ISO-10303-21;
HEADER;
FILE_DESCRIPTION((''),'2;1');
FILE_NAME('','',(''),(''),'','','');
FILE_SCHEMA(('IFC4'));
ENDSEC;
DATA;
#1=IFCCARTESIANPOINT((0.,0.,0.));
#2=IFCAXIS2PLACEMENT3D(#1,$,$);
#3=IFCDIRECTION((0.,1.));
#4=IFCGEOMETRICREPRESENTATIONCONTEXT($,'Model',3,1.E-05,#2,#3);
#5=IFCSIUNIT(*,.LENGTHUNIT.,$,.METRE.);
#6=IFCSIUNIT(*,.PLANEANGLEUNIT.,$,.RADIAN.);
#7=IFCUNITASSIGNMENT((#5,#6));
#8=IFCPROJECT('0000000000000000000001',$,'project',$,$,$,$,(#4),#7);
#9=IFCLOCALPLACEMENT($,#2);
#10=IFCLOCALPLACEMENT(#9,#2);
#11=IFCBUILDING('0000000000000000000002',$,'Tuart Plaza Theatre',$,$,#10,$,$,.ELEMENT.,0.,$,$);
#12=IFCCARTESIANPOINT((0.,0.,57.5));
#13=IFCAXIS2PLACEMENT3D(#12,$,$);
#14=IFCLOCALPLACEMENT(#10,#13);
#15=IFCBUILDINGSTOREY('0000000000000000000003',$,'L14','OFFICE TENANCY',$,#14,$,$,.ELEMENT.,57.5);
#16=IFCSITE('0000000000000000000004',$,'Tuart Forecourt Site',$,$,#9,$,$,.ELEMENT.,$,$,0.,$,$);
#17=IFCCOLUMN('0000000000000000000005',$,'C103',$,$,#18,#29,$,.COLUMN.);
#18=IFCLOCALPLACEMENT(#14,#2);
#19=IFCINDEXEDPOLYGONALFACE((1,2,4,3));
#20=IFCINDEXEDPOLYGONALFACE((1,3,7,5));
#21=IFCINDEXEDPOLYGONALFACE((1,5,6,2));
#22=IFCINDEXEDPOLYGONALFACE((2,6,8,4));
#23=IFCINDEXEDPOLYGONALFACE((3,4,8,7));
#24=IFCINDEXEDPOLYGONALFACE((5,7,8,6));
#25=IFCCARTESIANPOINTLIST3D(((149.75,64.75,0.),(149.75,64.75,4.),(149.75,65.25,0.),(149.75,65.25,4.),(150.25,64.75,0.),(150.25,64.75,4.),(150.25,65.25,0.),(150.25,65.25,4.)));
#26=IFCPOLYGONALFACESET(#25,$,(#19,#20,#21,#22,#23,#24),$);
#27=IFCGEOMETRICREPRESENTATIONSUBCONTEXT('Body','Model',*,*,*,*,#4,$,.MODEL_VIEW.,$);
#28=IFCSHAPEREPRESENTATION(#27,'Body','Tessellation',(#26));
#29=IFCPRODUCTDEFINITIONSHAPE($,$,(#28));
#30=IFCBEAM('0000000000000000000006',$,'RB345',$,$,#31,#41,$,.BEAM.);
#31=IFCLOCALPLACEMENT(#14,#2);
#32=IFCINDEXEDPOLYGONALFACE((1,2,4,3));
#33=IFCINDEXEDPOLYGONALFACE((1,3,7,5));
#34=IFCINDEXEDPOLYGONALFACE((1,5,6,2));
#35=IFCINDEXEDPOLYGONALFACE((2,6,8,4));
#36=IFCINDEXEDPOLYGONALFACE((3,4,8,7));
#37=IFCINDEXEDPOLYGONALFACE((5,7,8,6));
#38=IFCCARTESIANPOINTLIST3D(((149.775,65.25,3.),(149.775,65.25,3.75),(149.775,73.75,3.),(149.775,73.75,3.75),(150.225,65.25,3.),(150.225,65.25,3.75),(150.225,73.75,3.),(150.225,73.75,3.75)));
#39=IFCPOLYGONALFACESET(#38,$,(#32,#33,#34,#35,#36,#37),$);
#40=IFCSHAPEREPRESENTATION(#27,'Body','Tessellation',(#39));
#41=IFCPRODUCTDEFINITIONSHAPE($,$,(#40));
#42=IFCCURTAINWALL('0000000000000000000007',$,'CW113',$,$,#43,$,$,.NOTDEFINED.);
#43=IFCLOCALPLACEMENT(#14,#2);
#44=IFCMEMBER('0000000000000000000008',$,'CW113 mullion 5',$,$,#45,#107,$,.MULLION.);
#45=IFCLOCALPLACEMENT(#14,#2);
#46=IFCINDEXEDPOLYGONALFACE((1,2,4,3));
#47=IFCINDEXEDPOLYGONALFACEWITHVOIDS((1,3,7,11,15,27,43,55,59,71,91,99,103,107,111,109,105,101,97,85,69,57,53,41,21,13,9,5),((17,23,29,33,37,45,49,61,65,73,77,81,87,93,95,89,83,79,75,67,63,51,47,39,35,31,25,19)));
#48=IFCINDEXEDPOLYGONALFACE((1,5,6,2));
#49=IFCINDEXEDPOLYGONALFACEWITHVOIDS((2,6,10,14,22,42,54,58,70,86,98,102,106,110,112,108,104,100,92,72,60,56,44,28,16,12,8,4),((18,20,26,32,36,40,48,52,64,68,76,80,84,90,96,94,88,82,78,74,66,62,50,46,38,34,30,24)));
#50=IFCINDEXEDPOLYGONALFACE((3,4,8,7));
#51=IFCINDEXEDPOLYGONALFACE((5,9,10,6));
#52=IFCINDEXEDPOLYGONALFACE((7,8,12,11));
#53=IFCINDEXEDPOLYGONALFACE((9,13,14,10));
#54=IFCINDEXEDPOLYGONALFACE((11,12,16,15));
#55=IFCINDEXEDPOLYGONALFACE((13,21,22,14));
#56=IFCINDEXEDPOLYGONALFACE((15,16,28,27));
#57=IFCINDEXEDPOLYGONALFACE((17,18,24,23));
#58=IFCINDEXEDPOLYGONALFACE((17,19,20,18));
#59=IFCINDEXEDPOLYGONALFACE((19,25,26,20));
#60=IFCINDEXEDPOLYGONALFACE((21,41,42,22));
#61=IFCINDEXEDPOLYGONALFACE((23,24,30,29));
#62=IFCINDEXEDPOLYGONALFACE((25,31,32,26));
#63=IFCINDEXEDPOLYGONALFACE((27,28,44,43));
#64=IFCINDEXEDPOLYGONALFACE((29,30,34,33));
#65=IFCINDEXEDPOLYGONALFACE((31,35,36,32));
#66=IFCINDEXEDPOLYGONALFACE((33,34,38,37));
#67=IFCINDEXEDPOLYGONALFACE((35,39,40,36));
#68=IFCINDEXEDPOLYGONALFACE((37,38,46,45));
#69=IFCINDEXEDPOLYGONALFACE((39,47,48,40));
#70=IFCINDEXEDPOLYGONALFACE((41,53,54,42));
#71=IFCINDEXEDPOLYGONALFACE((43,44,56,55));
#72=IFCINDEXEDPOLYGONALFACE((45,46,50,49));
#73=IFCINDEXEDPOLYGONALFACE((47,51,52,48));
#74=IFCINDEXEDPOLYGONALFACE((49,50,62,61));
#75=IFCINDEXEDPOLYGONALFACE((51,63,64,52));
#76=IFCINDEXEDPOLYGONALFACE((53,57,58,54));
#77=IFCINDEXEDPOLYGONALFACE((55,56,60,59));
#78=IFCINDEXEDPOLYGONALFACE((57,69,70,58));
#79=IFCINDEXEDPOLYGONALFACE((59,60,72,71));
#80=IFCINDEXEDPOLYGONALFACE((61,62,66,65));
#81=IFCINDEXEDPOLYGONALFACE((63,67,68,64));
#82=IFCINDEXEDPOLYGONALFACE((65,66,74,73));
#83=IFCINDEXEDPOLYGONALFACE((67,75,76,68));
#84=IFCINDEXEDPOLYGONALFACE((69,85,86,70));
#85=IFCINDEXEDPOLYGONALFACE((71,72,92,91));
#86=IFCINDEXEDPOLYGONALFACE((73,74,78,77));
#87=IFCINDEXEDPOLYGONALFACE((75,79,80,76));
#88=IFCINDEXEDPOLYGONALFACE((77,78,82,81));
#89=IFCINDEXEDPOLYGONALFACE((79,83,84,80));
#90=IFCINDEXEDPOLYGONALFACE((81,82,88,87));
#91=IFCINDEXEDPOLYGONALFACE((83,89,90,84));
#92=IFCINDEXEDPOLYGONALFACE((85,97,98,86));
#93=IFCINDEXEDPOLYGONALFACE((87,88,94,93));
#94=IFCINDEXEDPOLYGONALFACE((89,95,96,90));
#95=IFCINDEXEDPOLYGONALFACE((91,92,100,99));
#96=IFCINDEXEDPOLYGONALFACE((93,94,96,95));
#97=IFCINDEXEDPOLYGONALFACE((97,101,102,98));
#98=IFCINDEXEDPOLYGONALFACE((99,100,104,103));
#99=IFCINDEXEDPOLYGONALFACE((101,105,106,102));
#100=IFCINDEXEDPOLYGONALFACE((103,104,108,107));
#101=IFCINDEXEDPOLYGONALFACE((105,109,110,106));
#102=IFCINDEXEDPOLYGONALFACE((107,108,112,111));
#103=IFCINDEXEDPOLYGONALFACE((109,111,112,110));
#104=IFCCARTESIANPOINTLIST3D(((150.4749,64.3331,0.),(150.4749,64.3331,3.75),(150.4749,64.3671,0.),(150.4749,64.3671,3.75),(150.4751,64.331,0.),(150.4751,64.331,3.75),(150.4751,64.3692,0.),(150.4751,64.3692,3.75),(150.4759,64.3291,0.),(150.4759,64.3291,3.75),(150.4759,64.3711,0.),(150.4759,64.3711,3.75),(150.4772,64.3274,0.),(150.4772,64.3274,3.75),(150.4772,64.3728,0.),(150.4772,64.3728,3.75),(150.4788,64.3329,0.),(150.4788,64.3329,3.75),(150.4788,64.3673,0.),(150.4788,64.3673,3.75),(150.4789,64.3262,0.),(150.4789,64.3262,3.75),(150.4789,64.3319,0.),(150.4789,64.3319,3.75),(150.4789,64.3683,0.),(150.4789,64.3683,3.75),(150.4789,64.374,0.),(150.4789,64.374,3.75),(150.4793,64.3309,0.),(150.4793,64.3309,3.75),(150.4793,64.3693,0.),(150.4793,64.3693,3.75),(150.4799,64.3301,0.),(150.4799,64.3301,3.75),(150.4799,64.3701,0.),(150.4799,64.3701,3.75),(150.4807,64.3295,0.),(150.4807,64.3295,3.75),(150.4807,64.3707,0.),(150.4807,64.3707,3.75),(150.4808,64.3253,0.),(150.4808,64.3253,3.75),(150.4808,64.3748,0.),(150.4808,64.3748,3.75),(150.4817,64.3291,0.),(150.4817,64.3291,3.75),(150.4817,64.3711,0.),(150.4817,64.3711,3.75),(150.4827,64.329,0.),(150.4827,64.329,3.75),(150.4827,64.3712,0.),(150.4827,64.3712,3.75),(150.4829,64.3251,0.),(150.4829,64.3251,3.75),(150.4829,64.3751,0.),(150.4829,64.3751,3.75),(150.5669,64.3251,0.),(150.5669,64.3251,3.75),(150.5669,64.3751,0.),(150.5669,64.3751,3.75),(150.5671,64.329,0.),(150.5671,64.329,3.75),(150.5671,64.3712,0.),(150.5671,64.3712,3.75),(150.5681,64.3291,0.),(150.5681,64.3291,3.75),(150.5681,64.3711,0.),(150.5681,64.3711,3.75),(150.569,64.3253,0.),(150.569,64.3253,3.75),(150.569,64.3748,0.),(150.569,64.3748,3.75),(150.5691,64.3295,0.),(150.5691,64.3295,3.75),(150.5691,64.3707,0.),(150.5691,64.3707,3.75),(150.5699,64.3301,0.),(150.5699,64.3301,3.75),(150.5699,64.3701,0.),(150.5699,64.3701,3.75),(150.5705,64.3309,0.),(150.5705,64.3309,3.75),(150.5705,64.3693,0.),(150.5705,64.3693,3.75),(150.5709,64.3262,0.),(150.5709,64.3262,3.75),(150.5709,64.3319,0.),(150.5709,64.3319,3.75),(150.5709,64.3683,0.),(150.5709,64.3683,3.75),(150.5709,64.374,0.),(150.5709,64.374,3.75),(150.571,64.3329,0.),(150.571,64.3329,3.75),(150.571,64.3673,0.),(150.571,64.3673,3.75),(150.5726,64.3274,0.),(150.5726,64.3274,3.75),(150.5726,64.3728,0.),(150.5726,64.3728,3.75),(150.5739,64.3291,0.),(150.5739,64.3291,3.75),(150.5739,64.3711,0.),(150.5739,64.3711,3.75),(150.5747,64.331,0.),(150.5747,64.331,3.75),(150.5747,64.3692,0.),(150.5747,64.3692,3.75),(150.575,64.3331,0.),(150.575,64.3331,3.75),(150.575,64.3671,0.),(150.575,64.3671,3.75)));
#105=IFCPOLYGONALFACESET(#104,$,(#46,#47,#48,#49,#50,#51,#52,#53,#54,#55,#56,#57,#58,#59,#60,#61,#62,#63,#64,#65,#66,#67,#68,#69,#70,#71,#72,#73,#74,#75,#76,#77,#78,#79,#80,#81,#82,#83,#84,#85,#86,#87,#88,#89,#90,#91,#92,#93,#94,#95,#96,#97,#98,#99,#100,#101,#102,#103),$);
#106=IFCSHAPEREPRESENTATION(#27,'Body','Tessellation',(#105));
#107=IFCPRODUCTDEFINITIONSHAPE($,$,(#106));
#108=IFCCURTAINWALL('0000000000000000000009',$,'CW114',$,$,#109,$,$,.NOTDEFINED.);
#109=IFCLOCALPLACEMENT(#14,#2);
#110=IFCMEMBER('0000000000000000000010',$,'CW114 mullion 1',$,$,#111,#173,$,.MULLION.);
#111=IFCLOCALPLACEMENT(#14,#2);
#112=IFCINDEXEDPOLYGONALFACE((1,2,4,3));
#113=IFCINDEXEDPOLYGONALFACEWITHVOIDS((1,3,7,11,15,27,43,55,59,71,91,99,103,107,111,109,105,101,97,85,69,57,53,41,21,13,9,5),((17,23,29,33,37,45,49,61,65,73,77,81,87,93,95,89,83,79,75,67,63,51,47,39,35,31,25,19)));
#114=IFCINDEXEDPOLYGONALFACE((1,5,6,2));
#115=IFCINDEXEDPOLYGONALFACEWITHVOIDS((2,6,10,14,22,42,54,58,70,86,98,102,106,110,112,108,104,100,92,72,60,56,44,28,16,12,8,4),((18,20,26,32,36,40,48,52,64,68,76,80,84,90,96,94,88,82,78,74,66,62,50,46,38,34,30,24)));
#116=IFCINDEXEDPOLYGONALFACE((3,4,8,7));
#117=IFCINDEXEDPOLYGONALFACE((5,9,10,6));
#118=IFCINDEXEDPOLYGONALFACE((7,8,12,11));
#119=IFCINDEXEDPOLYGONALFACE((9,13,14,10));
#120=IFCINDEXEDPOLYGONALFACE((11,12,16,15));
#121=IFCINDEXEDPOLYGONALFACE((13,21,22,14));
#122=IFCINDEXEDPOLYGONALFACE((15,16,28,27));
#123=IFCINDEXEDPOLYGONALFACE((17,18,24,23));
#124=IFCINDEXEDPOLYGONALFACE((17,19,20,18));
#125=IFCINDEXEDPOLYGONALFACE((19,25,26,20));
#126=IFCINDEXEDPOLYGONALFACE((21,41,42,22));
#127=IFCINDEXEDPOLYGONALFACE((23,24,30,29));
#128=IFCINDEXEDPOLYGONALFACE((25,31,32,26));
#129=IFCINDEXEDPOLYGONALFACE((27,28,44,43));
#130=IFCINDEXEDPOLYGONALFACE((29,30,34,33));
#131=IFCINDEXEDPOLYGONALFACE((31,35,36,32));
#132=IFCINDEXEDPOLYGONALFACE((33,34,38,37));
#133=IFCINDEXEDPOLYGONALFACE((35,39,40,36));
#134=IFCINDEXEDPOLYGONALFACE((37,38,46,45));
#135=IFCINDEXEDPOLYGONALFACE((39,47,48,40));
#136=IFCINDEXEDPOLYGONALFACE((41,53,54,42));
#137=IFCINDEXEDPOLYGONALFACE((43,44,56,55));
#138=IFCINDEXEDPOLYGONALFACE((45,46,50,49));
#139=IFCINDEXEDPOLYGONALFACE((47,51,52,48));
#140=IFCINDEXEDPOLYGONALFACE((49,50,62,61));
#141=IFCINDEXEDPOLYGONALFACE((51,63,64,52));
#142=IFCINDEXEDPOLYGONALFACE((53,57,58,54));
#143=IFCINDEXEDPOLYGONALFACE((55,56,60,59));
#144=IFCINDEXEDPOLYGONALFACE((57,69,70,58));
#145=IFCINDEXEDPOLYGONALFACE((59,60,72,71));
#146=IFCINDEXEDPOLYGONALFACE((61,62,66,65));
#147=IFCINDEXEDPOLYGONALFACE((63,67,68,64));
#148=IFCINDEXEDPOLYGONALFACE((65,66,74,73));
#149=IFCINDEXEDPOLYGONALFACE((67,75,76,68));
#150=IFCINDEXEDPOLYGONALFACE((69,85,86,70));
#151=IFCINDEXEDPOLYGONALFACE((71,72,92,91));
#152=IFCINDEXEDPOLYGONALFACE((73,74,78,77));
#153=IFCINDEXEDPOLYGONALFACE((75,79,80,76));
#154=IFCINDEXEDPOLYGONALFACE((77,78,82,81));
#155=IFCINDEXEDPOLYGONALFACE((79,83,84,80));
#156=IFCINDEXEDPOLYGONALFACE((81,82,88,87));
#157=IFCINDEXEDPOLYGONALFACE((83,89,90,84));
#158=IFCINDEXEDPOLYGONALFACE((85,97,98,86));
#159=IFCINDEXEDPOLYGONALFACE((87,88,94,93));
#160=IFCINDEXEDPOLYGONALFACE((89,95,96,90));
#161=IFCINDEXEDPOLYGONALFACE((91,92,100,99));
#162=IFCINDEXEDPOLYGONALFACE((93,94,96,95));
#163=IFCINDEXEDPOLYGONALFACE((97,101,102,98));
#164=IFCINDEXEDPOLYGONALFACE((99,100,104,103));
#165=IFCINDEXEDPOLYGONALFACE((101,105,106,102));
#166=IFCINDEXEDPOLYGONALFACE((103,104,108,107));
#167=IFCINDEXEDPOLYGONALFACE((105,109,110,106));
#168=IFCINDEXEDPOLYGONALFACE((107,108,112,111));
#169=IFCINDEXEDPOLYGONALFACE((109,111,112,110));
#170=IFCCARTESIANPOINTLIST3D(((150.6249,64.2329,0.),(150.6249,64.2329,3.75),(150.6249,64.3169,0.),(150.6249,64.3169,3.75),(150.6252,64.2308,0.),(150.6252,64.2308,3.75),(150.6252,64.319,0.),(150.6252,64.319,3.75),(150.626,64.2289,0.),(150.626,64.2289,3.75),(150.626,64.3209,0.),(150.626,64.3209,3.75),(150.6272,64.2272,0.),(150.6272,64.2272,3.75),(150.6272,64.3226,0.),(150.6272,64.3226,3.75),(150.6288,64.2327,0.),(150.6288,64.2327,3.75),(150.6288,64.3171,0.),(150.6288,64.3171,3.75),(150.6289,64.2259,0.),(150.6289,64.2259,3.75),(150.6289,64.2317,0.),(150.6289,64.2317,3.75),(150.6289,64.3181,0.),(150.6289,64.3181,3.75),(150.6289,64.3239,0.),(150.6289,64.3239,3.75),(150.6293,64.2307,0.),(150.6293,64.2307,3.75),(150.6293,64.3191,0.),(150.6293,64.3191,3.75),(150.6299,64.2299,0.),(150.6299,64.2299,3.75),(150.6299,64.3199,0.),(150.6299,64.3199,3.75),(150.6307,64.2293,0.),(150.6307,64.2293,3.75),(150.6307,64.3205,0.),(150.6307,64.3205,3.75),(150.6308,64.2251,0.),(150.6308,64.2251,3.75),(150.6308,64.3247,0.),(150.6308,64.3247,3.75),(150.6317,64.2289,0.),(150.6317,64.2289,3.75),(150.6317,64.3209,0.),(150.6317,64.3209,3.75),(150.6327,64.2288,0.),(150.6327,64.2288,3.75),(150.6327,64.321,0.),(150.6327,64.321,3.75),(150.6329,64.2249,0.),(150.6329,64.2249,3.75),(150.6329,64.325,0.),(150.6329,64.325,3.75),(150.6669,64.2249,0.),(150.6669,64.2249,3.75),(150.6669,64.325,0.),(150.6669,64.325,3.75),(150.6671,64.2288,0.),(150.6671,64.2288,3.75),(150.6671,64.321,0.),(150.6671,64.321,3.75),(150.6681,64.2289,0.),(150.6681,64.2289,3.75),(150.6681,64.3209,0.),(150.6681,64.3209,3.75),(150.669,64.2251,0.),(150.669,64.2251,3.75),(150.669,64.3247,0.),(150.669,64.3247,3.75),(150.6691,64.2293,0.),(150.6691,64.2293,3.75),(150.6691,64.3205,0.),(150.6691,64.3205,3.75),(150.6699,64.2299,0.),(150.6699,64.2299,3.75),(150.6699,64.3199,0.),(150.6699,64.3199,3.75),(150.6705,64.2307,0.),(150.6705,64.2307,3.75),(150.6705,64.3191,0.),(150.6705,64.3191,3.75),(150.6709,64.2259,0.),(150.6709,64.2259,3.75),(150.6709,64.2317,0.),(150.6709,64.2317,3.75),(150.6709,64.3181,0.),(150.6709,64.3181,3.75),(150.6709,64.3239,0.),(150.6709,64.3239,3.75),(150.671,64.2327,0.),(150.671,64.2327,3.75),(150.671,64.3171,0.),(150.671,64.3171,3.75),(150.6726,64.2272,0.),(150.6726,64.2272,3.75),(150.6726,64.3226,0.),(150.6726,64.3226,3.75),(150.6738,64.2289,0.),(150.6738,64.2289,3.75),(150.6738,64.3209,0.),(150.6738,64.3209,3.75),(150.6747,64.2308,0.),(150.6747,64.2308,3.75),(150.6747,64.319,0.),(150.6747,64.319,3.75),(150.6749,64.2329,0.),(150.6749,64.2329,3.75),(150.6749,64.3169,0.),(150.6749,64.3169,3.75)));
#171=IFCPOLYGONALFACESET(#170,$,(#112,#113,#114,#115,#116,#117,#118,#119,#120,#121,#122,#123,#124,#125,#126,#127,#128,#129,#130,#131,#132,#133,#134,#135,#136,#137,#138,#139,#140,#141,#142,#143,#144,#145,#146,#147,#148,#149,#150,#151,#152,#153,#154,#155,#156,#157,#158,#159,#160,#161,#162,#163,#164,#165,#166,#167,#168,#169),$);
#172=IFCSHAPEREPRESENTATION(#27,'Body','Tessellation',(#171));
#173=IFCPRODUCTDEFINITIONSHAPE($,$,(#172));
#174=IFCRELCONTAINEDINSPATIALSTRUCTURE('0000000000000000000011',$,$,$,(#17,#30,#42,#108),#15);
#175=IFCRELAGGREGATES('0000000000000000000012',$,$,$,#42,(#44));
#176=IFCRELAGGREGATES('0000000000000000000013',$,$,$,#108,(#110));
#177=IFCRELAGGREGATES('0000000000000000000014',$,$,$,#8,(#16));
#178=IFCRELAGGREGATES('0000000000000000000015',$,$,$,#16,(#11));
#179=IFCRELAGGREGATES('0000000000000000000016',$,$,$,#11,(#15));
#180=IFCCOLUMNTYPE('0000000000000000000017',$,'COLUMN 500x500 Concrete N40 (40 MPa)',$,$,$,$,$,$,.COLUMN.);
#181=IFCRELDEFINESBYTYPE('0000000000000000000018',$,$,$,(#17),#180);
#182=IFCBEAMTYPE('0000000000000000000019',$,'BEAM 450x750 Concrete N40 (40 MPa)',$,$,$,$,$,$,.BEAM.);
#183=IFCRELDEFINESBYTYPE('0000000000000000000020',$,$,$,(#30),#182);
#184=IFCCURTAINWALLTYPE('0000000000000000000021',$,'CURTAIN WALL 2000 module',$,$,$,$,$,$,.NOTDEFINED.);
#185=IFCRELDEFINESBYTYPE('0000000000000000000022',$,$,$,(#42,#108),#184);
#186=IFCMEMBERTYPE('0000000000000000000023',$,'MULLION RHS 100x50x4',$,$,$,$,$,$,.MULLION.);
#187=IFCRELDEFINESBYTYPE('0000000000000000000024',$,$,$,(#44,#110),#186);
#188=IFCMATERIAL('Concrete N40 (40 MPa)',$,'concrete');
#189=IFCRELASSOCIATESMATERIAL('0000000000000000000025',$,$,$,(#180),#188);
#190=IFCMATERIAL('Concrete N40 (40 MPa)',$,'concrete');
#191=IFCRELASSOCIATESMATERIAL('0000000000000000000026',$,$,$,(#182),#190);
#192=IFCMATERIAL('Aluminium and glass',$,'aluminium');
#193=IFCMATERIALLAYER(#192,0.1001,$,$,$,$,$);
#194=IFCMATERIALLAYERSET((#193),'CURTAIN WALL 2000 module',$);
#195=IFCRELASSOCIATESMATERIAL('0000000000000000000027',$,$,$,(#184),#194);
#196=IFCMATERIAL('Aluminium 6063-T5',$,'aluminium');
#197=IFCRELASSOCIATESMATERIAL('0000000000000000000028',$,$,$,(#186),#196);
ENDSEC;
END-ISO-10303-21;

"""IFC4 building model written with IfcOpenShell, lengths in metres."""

from ifc_helpers import new_model, si_unit, direction, frame, origin, origin_2d, place, context, subcontext, project, spatial, rectangle, hollow_rectangle, extrude, material, layer, layer_set, material_profile, profile_set, type_object, element, aggregate, save


model = new_model("IFC4")

# Units and contexts
model_context = context("Model", 3, precision=1e-05, world=origin(), true_north=direction((0.0, 1.0)))
body_context = subcontext(model_context, "Body", "Model", "MODEL_VIEW")
ifc_project = project(units=[si_unit("LENGTHUNIT", "METRE"), si_unit("PLANEANGLEUNIT", "RADIAN")], contexts=[model_context])

# Site, building, storey
site_placement = place(None, origin())
site = spatial("IfcSite", under=ifc_project, at=site_placement, Name="Tuart Forecourt Site", CompositionType="ELEMENT", RefElevation=0.0)
building_placement = place(site_placement, origin())
building = spatial("IfcBuilding", under=site, at=building_placement, Name="Tuart Plaza Theatre", CompositionType="ELEMENT", ElevationOfRefHeight=0.0)
storey_placement = place(building_placement, frame((0.0, 0.0, 57.5)))
storey = spatial("IfcBuildingStorey", under=building, at=storey_placement, Name="L14", Description="OFFICE TENANCY", CompositionType="ELEMENT", Elevation=57.5)

# Column
ifc_material_1 = material(Name="Concrete N40 (40 MPa)", Category="concrete")
ifc_material_profile_1 = material_profile(ifc_material_1, rectangle(XDim=0.5, YDim=0.5, at=origin_2d()), Name="COLUMN 500x500 Concrete N40 (40 MPa)")
ifc_profile_set_1 = profile_set([ifc_material_profile_1], Name="Concrete N40 (40 MPa)")
column_type = type_object("IfcColumnType", Name="COLUMN 500x500 Concrete N40 (40 MPa)", PredefinedType="COLUMN", material=ifc_profile_set_1)
column_placement = place(storey_placement, frame((150.0, 65.0, 0.0), z_axis=(0.0, 0.0, 1.0), x_axis=(1.0, 0.0, 0.0)))
element("IfcColumn", 1, at=column_placement, inside=storey, type_object=column_type, Name="C103", PredefinedType="COLUMN", context=body_context, shape_type="SweptSolid", body=[
    extrude(rectangle(XDim=0.5, YDim=0.5, at=origin_2d()), origin(), (0.0, 0.0, 1.0), 4.0),
])

# Beam
ifc_material_2 = material(Name="Concrete N40 (40 MPa)", Category="concrete")
ifc_material_profile_2 = material_profile(ifc_material_2, rectangle(XDim=0.45, YDim=0.75, at=origin_2d()), Name="BEAM 450x750 Concrete N40 (40 MPa)")
ifc_profile_set_2 = profile_set([ifc_material_profile_2], Name="Concrete N40 (40 MPa)")
beam_type = type_object("IfcBeamType", Name="BEAM 450x750 Concrete N40 (40 MPa)", PredefinedType="BEAM", material=ifc_profile_set_2)
beam_placement = place(storey_placement, frame((150.0, 65.25, 3.375), z_axis=(0.0, 1.0, 0.0), x_axis=(-1.0, 0.0, 0.0)))
element("IfcBeam", 2, at=beam_placement, inside=storey, type_object=beam_type, Name="RB345", PredefinedType="BEAM", context=body_context, shape_type="SweptSolid", body=[
    extrude(rectangle(XDim=0.45, YDim=0.75, at=origin_2d()), origin(), (0.0, 0.0, 1.0), 8.5),
])

# Curtain wall, member
ifc_material_3 = material(Name="Aluminium and glass", Category="aluminium")
ifc_layer_1 = layer(ifc_material_3, 0.1001)
ifc_layer_set_1 = layer_set([ifc_layer_1], Name="CURTAIN WALL 2000 module")
curtain_wall_type = type_object("IfcCurtainWallType", Name="CURTAIN WALL 2000 module", PredefinedType="NOTDEFINED", material=ifc_layer_set_1)
curtain_wall_1_placement = place(storey_placement, origin())
curtain_wall_1 = element("IfcCurtainWall", 3, at=curtain_wall_1_placement, inside=storey, type_object=curtain_wall_type, Name="CW113", PredefinedType="NOTDEFINED")
ifc_material_4 = material(Name="Aluminium 6063-T5", Category="aluminium")
ifc_material_profile_3 = material_profile(ifc_material_4, hollow_rectangle(XDim=0.05, YDim=0.1001, WallThickness=0.0039, InnerFilletRadius=0.0039, OuterFilletRadius=0.0081, at=origin_2d()), Name="RHS 100x50x4")
ifc_profile_set_3 = profile_set([ifc_material_profile_3], Name="Aluminium 6063-T5")
member_type_1 = type_object("IfcMemberType", Name="MULLION RHS 100x50x4", PredefinedType="MULLION", material=ifc_profile_set_3)
member_1_placement = place(storey_placement, frame((150.5249, 64.3501, 0.0), z_axis=(0.0, 0.0, 1.0), x_axis=(0.0, 1.0, 0.0)))
member_1 = element("IfcMember", 4, at=member_1_placement, type_object=member_type_1, Name="CW113 mullion 5", PredefinedType="MULLION", context=body_context, shape_type="SweptSolid", body=[
    extrude(hollow_rectangle(XDim=0.05, YDim=0.1001, WallThickness=0.0039, InnerFilletRadius=0.0039, OuterFilletRadius=0.0081, at=origin_2d()), origin(), (0.0, 0.0, 1.0), 3.75),
])

# Curtain wall, member
curtain_wall_2_placement = place(storey_placement, origin())
curtain_wall_2 = element("IfcCurtainWall", 5, at=curtain_wall_2_placement, inside=storey, type_object=curtain_wall_type, Name="CW114", PredefinedType="NOTDEFINED")
member_2_placement = place(storey_placement, frame((150.6499, 64.2749, 0.0), z_axis=(0.0, 0.0, 1.0), x_axis=(-1.0, 0.0, 0.0)))
member_2 = element("IfcMember", 6, at=member_2_placement, type_object=member_type_1, Name="CW114 mullion 1", PredefinedType="MULLION", context=body_context, shape_type="SweptSolid", body=[
    extrude(hollow_rectangle(XDim=0.05, YDim=0.1001, WallThickness=0.0039, InnerFilletRadius=0.0039, OuterFilletRadius=0.0081, at=origin_2d()), origin(), (0.0, 0.0, 1.0), 3.75),
])

aggregate(curtain_wall_1, [member_1])
aggregate(curtain_wall_2, [member_2])

save(model, "model.ifc")
